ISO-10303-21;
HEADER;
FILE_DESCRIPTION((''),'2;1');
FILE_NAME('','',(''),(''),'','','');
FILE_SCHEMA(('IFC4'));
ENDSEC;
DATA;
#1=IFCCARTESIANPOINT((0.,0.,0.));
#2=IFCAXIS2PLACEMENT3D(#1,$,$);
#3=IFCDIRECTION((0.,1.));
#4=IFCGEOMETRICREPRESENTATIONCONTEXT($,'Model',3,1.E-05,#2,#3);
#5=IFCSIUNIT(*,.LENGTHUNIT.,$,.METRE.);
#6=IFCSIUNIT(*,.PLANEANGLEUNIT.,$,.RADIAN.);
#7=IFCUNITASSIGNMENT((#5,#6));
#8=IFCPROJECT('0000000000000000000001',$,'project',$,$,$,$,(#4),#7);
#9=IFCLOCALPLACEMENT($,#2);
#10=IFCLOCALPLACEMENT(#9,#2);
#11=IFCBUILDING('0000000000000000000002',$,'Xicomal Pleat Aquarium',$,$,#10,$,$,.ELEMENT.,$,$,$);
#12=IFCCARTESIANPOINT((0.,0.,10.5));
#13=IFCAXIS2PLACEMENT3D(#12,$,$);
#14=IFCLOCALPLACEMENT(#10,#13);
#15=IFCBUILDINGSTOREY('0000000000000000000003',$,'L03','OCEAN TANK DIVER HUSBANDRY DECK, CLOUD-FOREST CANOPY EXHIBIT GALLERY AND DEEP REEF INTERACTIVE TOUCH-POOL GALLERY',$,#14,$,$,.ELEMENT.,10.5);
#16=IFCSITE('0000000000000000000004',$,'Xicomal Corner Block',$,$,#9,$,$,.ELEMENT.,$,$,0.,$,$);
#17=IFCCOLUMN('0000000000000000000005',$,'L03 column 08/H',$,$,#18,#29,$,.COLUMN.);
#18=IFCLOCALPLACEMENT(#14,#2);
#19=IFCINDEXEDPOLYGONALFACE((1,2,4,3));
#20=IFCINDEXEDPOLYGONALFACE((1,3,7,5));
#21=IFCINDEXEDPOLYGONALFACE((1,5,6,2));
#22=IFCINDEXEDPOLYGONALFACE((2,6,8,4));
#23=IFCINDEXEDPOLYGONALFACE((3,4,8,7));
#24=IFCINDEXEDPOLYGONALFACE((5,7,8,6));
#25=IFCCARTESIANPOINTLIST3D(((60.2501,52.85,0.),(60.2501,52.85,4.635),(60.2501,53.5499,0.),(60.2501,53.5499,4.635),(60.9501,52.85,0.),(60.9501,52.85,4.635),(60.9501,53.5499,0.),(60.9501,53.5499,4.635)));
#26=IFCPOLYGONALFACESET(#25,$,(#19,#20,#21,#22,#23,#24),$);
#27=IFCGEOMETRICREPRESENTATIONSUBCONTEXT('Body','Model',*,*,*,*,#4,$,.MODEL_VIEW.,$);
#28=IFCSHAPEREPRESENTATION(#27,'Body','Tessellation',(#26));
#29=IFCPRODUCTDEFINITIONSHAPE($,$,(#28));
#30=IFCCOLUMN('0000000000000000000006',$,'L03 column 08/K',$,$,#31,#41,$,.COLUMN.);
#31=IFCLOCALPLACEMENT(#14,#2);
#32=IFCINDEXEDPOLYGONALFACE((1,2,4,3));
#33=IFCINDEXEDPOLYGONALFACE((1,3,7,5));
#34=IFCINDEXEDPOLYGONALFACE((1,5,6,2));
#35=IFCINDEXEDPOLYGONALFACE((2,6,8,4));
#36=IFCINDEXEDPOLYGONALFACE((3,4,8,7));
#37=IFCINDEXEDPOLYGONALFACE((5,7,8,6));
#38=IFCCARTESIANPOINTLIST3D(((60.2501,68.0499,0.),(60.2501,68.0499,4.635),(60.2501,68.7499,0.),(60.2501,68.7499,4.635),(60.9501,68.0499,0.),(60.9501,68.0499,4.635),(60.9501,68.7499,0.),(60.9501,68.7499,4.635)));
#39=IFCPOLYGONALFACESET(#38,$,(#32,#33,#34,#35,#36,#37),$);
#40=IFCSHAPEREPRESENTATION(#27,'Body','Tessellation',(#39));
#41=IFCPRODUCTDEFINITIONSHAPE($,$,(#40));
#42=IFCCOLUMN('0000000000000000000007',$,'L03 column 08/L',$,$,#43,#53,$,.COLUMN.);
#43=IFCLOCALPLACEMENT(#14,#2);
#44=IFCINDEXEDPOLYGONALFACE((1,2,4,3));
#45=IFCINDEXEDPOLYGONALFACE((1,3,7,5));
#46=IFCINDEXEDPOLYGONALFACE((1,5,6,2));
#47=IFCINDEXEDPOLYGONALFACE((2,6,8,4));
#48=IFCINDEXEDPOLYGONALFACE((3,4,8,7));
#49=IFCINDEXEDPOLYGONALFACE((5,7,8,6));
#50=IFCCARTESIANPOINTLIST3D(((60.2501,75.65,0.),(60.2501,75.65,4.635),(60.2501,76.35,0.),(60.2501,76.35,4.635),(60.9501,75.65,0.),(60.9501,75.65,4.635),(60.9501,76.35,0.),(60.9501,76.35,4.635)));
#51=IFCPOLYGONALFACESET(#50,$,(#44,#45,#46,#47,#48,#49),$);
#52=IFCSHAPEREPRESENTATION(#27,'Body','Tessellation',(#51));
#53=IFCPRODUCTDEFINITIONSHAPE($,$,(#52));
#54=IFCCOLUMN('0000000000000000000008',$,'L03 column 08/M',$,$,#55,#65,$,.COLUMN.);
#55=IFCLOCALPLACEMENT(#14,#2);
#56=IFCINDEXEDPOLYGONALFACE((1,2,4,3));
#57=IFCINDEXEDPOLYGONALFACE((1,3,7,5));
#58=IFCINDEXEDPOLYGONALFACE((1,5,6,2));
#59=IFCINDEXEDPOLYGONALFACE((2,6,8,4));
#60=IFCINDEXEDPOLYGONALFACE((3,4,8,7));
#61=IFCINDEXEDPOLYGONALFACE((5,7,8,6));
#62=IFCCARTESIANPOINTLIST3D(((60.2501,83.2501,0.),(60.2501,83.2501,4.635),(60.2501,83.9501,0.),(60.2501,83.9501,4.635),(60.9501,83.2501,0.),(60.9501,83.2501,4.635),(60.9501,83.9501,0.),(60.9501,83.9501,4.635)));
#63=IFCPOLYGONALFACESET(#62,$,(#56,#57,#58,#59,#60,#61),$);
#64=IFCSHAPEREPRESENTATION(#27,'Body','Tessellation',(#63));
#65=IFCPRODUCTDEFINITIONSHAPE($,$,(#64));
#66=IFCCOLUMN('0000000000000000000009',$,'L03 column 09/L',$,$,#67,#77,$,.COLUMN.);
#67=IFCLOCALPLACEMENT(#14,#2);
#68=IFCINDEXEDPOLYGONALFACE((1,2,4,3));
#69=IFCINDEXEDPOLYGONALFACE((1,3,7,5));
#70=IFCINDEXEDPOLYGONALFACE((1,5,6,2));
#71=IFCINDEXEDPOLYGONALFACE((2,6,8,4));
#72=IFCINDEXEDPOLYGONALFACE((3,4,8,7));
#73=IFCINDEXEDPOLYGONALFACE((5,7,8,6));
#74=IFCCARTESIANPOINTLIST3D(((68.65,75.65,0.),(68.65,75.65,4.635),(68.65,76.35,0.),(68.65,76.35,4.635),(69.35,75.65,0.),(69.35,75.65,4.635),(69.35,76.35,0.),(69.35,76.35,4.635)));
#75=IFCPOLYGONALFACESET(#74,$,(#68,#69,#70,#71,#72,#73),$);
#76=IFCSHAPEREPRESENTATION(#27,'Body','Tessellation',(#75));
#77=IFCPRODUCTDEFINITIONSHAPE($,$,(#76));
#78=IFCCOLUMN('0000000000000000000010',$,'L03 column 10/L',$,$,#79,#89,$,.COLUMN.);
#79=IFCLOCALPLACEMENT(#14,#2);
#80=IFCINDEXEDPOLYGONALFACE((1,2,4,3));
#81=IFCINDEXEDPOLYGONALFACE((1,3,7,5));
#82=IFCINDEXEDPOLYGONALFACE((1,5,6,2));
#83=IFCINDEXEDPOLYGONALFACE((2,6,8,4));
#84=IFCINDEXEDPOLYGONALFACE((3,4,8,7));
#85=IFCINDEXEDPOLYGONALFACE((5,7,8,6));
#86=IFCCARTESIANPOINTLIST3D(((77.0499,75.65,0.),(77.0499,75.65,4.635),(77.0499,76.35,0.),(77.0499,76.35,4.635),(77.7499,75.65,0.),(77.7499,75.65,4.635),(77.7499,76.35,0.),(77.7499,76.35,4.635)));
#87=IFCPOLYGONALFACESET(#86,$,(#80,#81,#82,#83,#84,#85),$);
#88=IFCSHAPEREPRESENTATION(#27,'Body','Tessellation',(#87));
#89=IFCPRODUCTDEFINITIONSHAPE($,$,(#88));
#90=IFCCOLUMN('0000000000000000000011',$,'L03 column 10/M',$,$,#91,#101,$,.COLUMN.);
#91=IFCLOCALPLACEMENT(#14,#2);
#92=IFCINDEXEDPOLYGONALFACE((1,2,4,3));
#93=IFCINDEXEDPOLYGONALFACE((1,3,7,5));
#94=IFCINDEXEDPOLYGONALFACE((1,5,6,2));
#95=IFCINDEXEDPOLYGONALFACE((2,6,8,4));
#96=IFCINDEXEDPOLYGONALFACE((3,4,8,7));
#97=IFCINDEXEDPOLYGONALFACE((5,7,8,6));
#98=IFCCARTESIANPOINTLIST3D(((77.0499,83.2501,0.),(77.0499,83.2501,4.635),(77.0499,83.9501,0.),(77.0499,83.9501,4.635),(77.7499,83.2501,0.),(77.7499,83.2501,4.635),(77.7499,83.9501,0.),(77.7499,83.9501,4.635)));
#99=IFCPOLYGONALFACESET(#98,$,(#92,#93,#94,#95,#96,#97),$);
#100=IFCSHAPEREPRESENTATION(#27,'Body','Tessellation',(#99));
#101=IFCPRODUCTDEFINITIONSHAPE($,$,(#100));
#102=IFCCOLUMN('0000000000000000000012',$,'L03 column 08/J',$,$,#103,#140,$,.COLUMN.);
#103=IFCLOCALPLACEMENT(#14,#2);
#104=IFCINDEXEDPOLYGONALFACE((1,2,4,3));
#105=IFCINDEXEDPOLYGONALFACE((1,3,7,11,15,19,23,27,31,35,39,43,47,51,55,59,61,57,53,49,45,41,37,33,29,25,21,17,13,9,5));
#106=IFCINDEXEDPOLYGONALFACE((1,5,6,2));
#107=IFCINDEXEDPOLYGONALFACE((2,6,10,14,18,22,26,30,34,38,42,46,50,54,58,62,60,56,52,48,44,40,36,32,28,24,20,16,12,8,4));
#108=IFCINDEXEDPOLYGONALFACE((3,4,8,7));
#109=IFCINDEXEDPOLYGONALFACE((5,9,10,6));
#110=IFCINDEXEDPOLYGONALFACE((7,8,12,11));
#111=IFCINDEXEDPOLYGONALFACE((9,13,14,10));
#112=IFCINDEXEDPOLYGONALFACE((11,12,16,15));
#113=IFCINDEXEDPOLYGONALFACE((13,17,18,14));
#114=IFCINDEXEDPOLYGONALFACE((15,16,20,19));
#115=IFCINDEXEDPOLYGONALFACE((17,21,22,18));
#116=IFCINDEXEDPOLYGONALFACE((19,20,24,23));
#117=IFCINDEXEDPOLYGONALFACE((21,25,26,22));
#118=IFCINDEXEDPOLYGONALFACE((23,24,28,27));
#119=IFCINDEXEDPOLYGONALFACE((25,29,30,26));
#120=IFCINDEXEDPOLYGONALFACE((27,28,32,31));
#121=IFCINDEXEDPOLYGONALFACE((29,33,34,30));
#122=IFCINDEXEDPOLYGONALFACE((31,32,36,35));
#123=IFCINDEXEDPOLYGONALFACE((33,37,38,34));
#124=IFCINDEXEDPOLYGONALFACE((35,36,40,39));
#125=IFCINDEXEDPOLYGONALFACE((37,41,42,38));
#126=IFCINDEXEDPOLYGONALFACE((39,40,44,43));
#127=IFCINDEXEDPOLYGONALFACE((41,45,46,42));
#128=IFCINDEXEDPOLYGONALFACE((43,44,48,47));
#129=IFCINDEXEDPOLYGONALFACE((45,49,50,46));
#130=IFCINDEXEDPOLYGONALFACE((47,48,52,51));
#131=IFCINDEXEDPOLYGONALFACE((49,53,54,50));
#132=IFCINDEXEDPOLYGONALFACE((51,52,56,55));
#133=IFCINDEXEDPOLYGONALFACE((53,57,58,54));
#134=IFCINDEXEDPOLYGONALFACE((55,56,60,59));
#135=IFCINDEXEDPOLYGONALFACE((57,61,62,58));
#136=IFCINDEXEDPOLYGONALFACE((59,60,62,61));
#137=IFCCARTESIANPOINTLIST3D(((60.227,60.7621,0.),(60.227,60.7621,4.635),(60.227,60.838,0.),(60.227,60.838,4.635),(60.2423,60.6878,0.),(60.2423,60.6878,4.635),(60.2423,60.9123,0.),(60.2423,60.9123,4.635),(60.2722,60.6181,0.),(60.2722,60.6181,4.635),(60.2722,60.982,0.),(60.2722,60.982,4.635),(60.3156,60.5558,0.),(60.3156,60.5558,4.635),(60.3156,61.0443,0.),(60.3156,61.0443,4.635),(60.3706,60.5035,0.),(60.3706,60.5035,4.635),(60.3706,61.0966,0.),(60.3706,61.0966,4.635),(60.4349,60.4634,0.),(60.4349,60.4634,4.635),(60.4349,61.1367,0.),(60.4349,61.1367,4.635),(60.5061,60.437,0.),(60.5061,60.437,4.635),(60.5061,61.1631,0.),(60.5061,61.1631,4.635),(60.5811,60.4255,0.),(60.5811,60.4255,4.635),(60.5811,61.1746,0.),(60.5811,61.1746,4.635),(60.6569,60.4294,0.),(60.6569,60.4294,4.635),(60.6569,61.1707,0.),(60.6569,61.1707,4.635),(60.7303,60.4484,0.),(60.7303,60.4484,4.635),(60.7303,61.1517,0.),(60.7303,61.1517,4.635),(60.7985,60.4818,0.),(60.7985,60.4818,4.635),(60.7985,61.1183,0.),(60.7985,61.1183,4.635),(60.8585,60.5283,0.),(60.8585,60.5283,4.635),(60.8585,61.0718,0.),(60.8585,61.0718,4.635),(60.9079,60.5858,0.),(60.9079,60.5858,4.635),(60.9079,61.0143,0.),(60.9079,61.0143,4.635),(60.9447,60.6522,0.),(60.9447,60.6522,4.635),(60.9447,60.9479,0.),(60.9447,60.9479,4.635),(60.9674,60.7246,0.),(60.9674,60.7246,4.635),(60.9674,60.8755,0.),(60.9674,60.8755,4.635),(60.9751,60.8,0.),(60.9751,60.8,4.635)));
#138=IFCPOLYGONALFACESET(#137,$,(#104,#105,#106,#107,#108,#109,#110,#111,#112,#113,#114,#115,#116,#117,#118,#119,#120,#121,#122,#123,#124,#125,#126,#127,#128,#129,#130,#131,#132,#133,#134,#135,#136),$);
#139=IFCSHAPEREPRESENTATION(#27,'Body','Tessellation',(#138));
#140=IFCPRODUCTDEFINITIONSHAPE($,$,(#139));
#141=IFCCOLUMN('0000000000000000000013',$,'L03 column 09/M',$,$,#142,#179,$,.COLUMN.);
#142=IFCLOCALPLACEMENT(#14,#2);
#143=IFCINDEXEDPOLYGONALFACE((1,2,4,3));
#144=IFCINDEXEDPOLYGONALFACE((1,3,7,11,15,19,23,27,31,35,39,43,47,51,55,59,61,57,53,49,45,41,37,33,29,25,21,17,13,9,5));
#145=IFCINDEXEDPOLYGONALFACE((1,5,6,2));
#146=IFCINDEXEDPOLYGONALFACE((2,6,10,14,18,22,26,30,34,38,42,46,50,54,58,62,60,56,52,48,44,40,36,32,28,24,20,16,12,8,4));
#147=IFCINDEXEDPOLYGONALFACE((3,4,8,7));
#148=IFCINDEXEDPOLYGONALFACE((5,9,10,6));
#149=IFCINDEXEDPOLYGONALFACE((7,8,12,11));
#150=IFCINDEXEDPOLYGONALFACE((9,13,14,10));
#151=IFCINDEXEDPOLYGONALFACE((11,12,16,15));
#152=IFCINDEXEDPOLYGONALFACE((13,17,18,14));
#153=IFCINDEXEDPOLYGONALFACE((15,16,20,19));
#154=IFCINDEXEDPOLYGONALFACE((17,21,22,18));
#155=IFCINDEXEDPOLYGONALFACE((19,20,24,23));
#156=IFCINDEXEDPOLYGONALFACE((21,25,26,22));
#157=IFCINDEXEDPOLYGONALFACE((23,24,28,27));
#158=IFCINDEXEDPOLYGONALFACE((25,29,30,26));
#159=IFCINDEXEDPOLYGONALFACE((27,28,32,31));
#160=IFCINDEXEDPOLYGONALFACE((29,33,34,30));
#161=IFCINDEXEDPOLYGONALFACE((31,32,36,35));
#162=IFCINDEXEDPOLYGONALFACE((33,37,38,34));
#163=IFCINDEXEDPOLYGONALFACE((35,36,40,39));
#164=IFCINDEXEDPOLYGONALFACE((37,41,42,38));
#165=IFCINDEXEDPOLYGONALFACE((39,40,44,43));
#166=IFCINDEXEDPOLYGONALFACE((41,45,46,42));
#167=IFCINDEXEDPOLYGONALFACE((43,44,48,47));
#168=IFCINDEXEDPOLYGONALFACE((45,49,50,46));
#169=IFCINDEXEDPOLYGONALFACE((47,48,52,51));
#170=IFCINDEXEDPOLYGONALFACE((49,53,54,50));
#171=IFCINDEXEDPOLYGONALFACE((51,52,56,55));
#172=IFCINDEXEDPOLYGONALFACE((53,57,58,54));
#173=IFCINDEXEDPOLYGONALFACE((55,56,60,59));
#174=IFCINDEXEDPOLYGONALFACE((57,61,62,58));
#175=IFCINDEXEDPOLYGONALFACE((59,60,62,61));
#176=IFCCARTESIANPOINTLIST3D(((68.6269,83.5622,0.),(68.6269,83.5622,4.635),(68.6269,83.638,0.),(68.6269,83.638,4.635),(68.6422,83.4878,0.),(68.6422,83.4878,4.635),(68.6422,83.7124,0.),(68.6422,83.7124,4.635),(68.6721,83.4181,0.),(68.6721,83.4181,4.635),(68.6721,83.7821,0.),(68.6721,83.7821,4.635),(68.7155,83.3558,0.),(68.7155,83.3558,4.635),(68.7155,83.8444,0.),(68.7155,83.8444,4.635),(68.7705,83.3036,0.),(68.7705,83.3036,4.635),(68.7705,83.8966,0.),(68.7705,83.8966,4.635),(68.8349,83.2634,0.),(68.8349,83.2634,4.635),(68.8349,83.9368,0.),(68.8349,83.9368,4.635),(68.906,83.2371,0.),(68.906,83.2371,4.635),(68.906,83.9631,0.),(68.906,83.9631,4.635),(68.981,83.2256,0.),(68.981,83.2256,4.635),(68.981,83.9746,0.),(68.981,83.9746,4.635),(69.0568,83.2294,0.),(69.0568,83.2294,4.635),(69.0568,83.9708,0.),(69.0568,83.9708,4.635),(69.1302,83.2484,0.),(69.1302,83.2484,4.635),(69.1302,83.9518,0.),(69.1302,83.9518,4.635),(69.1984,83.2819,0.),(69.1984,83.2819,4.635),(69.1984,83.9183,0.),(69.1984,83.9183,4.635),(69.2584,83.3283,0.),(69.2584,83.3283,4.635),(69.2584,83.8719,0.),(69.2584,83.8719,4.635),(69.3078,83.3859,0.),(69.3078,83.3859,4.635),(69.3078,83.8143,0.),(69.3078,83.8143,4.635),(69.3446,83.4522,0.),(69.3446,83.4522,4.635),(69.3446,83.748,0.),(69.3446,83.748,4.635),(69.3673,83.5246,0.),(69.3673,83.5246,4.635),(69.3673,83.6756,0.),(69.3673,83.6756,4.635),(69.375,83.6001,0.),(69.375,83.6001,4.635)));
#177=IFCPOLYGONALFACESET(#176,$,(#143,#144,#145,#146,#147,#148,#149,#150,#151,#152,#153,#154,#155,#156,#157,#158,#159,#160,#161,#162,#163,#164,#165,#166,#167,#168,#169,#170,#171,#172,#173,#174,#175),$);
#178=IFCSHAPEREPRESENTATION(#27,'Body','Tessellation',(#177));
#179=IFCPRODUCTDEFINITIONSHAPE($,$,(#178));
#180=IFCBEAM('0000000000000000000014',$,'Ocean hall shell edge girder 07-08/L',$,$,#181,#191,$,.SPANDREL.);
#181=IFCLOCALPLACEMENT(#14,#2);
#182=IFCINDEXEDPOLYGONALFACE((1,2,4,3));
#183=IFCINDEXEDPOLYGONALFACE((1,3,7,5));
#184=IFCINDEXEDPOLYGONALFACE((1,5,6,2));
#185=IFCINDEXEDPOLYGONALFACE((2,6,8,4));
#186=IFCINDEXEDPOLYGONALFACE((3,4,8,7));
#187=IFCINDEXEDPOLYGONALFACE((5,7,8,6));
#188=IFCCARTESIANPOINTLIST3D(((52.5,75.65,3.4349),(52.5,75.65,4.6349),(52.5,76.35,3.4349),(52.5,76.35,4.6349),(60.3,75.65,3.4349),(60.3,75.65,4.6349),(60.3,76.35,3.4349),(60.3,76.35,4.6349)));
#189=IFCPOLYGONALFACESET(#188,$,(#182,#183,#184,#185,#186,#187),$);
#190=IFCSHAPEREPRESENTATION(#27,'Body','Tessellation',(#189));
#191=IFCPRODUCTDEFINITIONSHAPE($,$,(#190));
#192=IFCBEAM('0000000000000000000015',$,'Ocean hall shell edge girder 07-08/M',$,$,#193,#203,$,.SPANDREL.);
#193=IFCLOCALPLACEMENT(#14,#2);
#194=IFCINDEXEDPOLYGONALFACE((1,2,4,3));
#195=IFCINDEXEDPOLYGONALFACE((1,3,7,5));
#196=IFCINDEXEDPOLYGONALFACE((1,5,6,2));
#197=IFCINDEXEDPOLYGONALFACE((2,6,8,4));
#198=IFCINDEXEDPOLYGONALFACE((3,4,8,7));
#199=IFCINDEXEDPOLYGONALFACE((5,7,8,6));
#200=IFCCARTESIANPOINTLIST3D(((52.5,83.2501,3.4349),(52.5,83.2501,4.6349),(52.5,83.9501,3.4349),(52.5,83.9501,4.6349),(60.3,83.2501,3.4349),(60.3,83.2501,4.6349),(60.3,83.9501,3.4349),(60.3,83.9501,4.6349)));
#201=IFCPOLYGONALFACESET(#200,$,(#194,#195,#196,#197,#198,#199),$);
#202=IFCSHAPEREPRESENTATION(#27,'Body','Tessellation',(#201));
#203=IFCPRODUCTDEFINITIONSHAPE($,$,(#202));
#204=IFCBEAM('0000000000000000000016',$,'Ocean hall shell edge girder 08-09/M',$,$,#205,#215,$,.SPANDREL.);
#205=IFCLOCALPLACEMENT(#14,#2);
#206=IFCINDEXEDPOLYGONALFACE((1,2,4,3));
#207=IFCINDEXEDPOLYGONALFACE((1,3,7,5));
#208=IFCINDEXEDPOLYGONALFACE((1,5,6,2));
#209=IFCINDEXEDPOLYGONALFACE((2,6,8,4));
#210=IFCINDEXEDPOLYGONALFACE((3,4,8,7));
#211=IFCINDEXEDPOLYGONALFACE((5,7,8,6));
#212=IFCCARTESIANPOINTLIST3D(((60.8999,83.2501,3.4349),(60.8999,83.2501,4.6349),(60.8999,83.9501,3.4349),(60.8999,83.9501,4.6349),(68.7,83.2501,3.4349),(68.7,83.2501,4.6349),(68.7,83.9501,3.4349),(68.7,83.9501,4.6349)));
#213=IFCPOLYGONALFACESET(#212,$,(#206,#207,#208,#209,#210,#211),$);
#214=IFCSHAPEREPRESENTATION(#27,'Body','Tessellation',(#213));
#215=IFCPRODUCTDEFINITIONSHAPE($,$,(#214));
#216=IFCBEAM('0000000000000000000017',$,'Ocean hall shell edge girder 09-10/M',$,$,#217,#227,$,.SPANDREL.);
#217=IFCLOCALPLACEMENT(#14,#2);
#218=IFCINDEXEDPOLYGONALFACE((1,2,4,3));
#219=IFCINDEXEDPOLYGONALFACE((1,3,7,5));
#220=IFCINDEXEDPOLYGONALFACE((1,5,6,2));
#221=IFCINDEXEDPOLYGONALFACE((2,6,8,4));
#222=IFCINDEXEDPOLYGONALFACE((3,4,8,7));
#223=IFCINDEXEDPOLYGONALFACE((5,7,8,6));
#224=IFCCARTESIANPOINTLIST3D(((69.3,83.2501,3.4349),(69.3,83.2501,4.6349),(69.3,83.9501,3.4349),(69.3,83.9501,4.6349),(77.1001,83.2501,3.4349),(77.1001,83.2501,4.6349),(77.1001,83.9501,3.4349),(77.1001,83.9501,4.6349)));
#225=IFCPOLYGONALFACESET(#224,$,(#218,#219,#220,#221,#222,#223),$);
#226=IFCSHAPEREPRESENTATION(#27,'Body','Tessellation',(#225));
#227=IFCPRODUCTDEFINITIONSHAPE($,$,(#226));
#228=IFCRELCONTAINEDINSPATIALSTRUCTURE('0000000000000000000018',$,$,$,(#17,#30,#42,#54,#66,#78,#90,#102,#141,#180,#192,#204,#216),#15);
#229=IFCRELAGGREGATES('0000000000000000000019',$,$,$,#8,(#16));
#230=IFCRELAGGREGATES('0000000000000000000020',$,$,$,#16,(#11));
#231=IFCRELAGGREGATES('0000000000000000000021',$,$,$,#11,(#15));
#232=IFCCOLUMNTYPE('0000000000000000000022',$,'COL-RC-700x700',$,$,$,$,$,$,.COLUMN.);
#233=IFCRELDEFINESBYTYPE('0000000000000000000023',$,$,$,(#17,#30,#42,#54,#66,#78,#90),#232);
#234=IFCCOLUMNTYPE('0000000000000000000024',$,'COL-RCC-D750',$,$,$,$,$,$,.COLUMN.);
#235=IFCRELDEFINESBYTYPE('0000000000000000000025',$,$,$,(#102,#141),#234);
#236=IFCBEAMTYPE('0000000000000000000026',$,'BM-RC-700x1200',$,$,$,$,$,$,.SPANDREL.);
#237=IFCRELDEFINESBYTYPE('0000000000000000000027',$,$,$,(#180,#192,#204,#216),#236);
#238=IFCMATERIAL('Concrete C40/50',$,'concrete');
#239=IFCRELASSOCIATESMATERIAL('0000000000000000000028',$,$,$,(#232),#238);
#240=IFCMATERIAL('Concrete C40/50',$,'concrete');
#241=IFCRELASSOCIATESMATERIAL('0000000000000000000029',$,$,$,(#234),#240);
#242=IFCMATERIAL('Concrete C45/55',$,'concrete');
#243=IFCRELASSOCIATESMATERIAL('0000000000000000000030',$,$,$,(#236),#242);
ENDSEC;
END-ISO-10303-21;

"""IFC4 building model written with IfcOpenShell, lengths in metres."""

from ifc_helpers import new_model, si_unit, direction, frame, origin, origin_2d, place, context, subcontext, project, spatial, rectangle, circle, extrude, material, material_profile, profile_set, type_object, element, save


model = new_model("IFC4")

# Units and contexts
model_context = context("Model", 3, precision=1e-05, world=origin(), true_north=direction((0.0, 1.0)))
body_context = subcontext(model_context, "Body", "Model", "MODEL_VIEW")
ifc_project = project(units=[si_unit("LENGTHUNIT", "METRE"), si_unit("PLANEANGLEUNIT", "RADIAN")], contexts=[model_context])

# Site, building, storey
site_placement = place(None, origin())
site = spatial("IfcSite", under=ifc_project, at=site_placement, Name="Xicomal Corner Block", CompositionType="ELEMENT", RefElevation=0.0)
building_placement = place(site_placement, origin())
building = spatial("IfcBuilding", under=site, at=building_placement, Name="Xicomal Pleat Aquarium", CompositionType="ELEMENT")
storey_placement = place(building_placement, frame((0.0, 0.0, 10.5)))
storey = spatial("IfcBuildingStorey", under=building, at=storey_placement, Name="L03", Description="OCEAN TANK DIVER HUSBANDRY DECK, CLOUD-FOREST CANOPY EXHIBIT GALLERY AND DEEP REEF INTERACTIVE TOUCH-POOL GALLERY", CompositionType="ELEMENT", Elevation=10.5)

# Columns
ifc_material_1 = material(Name="Concrete C40/50", Category="concrete")
ifc_material_profile_1 = material_profile(ifc_material_1, rectangle(XDim=0.7, YDim=0.7, at=origin_2d()), Name="RC 700x700")
ifc_profile_set_1 = profile_set([ifc_material_profile_1], Name="Concrete C40/50")
column_type_1 = type_object("IfcColumnType", Name="COL-RC-700x700", PredefinedType="COLUMN", material=ifc_profile_set_1)
for number, where, z_axis, x_axis, name in (
    (1, (60.6001, 53.2, 0.0), (0.0, 0.0, 1.0), (1.0, 0.0, 0.0), "L03 column 08/H"),
    (2, (60.6001, 68.3999, 0.0), (0.0, 0.0, 1.0), (1.0, 0.0, 0.0), "L03 column 08/K"),
    (3, (60.6001, 76.0, 0.0), (0.0, 0.0, 1.0), (1.0, 0.0, 0.0), "L03 column 08/L"),
    (4, (60.6001, 83.6001, 0.0), (0.0, 0.0, 1.0), (1.0, 0.0, 0.0), "L03 column 08/M"),
    (5, (69.0, 76.0, 0.0), (0.0, 0.0, 1.0), (1.0, 0.0, 0.0), "L03 column 09/L"),
    (6, (77.3999, 76.0, 0.0), (0.0, 0.0, 1.0), (1.0, 0.0, 0.0), "L03 column 10/L"),
    (7, (77.3999, 83.6001, 0.0), (0.0, 0.0, 1.0), (1.0, 0.0, 0.0), "L03 column 10/M"),
):
    element("IfcColumn", number, at=place(storey_placement, frame(where, z_axis=z_axis, x_axis=x_axis)), inside=storey, type_object=column_type_1, Name=name, PredefinedType="COLUMN", context=body_context, shape_type="SweptSolid", body=[
        extrude(rectangle(XDim=0.7, YDim=0.7, at=origin_2d()), origin(), (0.0, 0.0, 1.0), 4.635),
    ])
ifc_material_2 = material(Name="Concrete C40/50", Category="concrete")
ifc_material_profile_2 = material_profile(ifc_material_2, circle(Radius=0.375, at=origin_2d()), Name="RCC D750")
ifc_profile_set_2 = profile_set([ifc_material_profile_2], Name="Concrete C40/50")
column_type_2 = type_object("IfcColumnType", Name="COL-RCC-D750", PredefinedType="COLUMN", material=ifc_profile_set_2)
for number, where, z_axis, x_axis, name in (
    (8, (60.6001, 60.8, 0.0), (0.0, 0.0, 1.0), (1.0, 0.0, 0.0), "L03 column 08/J"),
    (9, (69.0, 83.6001, 0.0), (0.0, 0.0, 1.0), (1.0, 0.0, 0.0), "L03 column 09/M"),
):
    element("IfcColumn", number, at=place(storey_placement, frame(where, z_axis=z_axis, x_axis=x_axis)), inside=storey, type_object=column_type_2, Name=name, PredefinedType="COLUMN", context=body_context, shape_type="SweptSolid", body=[
        extrude(circle(Radius=0.375, at=origin_2d()), origin(), (0.0, 0.0, 1.0), 4.635),
    ])

# Beams
ifc_material_3 = material(Name="Concrete C45/55", Category="concrete")
ifc_material_profile_3 = material_profile(ifc_material_3, rectangle(XDim=0.7, YDim=1.2, at=origin_2d()), Name="RC 700x1200")
ifc_profile_set_3 = profile_set([ifc_material_profile_3], Name="Concrete C45/55")
beam_type_1 = type_object("IfcBeamType", Name="BM-RC-700x1200", PredefinedType="SPANDREL", material=ifc_profile_set_3)
for number, where, z_axis, x_axis, name in (
    (10, (52.5, 76.0, 4.0349), (1.0, 0.0, 0.0), (0.0, 1.0, 0.0), "Ocean hall shell edge girder 07-08/L"),
    (11, (52.5, 83.6001, 4.0349), (1.0, 0.0, 0.0), (0.0, 1.0, 0.0), "Ocean hall shell edge girder 07-08/M"),
    (12, (60.8999, 83.6001, 4.0349), (1.0, 0.0, 0.0), (0.0, 1.0, 0.0), "Ocean hall shell edge girder 08-09/M"),
    (13, (69.3, 83.6001, 4.0349), (1.0, 0.0, 0.0), (0.0, 1.0, 0.0), "Ocean hall shell edge girder 09-10/M"),
):
    element("IfcBeam", number, at=place(storey_placement, frame(where, z_axis=z_axis, x_axis=x_axis)), inside=storey, type_object=beam_type_1, Name=name, PredefinedType="SPANDREL", context=body_context, shape_type="SweptSolid", body=[
        extrude(rectangle(XDim=0.7, YDim=1.2, at=origin_2d()), origin(), (0.0, 0.0, 1.0), 7.8),
    ])

save(model, "model.ifc")
